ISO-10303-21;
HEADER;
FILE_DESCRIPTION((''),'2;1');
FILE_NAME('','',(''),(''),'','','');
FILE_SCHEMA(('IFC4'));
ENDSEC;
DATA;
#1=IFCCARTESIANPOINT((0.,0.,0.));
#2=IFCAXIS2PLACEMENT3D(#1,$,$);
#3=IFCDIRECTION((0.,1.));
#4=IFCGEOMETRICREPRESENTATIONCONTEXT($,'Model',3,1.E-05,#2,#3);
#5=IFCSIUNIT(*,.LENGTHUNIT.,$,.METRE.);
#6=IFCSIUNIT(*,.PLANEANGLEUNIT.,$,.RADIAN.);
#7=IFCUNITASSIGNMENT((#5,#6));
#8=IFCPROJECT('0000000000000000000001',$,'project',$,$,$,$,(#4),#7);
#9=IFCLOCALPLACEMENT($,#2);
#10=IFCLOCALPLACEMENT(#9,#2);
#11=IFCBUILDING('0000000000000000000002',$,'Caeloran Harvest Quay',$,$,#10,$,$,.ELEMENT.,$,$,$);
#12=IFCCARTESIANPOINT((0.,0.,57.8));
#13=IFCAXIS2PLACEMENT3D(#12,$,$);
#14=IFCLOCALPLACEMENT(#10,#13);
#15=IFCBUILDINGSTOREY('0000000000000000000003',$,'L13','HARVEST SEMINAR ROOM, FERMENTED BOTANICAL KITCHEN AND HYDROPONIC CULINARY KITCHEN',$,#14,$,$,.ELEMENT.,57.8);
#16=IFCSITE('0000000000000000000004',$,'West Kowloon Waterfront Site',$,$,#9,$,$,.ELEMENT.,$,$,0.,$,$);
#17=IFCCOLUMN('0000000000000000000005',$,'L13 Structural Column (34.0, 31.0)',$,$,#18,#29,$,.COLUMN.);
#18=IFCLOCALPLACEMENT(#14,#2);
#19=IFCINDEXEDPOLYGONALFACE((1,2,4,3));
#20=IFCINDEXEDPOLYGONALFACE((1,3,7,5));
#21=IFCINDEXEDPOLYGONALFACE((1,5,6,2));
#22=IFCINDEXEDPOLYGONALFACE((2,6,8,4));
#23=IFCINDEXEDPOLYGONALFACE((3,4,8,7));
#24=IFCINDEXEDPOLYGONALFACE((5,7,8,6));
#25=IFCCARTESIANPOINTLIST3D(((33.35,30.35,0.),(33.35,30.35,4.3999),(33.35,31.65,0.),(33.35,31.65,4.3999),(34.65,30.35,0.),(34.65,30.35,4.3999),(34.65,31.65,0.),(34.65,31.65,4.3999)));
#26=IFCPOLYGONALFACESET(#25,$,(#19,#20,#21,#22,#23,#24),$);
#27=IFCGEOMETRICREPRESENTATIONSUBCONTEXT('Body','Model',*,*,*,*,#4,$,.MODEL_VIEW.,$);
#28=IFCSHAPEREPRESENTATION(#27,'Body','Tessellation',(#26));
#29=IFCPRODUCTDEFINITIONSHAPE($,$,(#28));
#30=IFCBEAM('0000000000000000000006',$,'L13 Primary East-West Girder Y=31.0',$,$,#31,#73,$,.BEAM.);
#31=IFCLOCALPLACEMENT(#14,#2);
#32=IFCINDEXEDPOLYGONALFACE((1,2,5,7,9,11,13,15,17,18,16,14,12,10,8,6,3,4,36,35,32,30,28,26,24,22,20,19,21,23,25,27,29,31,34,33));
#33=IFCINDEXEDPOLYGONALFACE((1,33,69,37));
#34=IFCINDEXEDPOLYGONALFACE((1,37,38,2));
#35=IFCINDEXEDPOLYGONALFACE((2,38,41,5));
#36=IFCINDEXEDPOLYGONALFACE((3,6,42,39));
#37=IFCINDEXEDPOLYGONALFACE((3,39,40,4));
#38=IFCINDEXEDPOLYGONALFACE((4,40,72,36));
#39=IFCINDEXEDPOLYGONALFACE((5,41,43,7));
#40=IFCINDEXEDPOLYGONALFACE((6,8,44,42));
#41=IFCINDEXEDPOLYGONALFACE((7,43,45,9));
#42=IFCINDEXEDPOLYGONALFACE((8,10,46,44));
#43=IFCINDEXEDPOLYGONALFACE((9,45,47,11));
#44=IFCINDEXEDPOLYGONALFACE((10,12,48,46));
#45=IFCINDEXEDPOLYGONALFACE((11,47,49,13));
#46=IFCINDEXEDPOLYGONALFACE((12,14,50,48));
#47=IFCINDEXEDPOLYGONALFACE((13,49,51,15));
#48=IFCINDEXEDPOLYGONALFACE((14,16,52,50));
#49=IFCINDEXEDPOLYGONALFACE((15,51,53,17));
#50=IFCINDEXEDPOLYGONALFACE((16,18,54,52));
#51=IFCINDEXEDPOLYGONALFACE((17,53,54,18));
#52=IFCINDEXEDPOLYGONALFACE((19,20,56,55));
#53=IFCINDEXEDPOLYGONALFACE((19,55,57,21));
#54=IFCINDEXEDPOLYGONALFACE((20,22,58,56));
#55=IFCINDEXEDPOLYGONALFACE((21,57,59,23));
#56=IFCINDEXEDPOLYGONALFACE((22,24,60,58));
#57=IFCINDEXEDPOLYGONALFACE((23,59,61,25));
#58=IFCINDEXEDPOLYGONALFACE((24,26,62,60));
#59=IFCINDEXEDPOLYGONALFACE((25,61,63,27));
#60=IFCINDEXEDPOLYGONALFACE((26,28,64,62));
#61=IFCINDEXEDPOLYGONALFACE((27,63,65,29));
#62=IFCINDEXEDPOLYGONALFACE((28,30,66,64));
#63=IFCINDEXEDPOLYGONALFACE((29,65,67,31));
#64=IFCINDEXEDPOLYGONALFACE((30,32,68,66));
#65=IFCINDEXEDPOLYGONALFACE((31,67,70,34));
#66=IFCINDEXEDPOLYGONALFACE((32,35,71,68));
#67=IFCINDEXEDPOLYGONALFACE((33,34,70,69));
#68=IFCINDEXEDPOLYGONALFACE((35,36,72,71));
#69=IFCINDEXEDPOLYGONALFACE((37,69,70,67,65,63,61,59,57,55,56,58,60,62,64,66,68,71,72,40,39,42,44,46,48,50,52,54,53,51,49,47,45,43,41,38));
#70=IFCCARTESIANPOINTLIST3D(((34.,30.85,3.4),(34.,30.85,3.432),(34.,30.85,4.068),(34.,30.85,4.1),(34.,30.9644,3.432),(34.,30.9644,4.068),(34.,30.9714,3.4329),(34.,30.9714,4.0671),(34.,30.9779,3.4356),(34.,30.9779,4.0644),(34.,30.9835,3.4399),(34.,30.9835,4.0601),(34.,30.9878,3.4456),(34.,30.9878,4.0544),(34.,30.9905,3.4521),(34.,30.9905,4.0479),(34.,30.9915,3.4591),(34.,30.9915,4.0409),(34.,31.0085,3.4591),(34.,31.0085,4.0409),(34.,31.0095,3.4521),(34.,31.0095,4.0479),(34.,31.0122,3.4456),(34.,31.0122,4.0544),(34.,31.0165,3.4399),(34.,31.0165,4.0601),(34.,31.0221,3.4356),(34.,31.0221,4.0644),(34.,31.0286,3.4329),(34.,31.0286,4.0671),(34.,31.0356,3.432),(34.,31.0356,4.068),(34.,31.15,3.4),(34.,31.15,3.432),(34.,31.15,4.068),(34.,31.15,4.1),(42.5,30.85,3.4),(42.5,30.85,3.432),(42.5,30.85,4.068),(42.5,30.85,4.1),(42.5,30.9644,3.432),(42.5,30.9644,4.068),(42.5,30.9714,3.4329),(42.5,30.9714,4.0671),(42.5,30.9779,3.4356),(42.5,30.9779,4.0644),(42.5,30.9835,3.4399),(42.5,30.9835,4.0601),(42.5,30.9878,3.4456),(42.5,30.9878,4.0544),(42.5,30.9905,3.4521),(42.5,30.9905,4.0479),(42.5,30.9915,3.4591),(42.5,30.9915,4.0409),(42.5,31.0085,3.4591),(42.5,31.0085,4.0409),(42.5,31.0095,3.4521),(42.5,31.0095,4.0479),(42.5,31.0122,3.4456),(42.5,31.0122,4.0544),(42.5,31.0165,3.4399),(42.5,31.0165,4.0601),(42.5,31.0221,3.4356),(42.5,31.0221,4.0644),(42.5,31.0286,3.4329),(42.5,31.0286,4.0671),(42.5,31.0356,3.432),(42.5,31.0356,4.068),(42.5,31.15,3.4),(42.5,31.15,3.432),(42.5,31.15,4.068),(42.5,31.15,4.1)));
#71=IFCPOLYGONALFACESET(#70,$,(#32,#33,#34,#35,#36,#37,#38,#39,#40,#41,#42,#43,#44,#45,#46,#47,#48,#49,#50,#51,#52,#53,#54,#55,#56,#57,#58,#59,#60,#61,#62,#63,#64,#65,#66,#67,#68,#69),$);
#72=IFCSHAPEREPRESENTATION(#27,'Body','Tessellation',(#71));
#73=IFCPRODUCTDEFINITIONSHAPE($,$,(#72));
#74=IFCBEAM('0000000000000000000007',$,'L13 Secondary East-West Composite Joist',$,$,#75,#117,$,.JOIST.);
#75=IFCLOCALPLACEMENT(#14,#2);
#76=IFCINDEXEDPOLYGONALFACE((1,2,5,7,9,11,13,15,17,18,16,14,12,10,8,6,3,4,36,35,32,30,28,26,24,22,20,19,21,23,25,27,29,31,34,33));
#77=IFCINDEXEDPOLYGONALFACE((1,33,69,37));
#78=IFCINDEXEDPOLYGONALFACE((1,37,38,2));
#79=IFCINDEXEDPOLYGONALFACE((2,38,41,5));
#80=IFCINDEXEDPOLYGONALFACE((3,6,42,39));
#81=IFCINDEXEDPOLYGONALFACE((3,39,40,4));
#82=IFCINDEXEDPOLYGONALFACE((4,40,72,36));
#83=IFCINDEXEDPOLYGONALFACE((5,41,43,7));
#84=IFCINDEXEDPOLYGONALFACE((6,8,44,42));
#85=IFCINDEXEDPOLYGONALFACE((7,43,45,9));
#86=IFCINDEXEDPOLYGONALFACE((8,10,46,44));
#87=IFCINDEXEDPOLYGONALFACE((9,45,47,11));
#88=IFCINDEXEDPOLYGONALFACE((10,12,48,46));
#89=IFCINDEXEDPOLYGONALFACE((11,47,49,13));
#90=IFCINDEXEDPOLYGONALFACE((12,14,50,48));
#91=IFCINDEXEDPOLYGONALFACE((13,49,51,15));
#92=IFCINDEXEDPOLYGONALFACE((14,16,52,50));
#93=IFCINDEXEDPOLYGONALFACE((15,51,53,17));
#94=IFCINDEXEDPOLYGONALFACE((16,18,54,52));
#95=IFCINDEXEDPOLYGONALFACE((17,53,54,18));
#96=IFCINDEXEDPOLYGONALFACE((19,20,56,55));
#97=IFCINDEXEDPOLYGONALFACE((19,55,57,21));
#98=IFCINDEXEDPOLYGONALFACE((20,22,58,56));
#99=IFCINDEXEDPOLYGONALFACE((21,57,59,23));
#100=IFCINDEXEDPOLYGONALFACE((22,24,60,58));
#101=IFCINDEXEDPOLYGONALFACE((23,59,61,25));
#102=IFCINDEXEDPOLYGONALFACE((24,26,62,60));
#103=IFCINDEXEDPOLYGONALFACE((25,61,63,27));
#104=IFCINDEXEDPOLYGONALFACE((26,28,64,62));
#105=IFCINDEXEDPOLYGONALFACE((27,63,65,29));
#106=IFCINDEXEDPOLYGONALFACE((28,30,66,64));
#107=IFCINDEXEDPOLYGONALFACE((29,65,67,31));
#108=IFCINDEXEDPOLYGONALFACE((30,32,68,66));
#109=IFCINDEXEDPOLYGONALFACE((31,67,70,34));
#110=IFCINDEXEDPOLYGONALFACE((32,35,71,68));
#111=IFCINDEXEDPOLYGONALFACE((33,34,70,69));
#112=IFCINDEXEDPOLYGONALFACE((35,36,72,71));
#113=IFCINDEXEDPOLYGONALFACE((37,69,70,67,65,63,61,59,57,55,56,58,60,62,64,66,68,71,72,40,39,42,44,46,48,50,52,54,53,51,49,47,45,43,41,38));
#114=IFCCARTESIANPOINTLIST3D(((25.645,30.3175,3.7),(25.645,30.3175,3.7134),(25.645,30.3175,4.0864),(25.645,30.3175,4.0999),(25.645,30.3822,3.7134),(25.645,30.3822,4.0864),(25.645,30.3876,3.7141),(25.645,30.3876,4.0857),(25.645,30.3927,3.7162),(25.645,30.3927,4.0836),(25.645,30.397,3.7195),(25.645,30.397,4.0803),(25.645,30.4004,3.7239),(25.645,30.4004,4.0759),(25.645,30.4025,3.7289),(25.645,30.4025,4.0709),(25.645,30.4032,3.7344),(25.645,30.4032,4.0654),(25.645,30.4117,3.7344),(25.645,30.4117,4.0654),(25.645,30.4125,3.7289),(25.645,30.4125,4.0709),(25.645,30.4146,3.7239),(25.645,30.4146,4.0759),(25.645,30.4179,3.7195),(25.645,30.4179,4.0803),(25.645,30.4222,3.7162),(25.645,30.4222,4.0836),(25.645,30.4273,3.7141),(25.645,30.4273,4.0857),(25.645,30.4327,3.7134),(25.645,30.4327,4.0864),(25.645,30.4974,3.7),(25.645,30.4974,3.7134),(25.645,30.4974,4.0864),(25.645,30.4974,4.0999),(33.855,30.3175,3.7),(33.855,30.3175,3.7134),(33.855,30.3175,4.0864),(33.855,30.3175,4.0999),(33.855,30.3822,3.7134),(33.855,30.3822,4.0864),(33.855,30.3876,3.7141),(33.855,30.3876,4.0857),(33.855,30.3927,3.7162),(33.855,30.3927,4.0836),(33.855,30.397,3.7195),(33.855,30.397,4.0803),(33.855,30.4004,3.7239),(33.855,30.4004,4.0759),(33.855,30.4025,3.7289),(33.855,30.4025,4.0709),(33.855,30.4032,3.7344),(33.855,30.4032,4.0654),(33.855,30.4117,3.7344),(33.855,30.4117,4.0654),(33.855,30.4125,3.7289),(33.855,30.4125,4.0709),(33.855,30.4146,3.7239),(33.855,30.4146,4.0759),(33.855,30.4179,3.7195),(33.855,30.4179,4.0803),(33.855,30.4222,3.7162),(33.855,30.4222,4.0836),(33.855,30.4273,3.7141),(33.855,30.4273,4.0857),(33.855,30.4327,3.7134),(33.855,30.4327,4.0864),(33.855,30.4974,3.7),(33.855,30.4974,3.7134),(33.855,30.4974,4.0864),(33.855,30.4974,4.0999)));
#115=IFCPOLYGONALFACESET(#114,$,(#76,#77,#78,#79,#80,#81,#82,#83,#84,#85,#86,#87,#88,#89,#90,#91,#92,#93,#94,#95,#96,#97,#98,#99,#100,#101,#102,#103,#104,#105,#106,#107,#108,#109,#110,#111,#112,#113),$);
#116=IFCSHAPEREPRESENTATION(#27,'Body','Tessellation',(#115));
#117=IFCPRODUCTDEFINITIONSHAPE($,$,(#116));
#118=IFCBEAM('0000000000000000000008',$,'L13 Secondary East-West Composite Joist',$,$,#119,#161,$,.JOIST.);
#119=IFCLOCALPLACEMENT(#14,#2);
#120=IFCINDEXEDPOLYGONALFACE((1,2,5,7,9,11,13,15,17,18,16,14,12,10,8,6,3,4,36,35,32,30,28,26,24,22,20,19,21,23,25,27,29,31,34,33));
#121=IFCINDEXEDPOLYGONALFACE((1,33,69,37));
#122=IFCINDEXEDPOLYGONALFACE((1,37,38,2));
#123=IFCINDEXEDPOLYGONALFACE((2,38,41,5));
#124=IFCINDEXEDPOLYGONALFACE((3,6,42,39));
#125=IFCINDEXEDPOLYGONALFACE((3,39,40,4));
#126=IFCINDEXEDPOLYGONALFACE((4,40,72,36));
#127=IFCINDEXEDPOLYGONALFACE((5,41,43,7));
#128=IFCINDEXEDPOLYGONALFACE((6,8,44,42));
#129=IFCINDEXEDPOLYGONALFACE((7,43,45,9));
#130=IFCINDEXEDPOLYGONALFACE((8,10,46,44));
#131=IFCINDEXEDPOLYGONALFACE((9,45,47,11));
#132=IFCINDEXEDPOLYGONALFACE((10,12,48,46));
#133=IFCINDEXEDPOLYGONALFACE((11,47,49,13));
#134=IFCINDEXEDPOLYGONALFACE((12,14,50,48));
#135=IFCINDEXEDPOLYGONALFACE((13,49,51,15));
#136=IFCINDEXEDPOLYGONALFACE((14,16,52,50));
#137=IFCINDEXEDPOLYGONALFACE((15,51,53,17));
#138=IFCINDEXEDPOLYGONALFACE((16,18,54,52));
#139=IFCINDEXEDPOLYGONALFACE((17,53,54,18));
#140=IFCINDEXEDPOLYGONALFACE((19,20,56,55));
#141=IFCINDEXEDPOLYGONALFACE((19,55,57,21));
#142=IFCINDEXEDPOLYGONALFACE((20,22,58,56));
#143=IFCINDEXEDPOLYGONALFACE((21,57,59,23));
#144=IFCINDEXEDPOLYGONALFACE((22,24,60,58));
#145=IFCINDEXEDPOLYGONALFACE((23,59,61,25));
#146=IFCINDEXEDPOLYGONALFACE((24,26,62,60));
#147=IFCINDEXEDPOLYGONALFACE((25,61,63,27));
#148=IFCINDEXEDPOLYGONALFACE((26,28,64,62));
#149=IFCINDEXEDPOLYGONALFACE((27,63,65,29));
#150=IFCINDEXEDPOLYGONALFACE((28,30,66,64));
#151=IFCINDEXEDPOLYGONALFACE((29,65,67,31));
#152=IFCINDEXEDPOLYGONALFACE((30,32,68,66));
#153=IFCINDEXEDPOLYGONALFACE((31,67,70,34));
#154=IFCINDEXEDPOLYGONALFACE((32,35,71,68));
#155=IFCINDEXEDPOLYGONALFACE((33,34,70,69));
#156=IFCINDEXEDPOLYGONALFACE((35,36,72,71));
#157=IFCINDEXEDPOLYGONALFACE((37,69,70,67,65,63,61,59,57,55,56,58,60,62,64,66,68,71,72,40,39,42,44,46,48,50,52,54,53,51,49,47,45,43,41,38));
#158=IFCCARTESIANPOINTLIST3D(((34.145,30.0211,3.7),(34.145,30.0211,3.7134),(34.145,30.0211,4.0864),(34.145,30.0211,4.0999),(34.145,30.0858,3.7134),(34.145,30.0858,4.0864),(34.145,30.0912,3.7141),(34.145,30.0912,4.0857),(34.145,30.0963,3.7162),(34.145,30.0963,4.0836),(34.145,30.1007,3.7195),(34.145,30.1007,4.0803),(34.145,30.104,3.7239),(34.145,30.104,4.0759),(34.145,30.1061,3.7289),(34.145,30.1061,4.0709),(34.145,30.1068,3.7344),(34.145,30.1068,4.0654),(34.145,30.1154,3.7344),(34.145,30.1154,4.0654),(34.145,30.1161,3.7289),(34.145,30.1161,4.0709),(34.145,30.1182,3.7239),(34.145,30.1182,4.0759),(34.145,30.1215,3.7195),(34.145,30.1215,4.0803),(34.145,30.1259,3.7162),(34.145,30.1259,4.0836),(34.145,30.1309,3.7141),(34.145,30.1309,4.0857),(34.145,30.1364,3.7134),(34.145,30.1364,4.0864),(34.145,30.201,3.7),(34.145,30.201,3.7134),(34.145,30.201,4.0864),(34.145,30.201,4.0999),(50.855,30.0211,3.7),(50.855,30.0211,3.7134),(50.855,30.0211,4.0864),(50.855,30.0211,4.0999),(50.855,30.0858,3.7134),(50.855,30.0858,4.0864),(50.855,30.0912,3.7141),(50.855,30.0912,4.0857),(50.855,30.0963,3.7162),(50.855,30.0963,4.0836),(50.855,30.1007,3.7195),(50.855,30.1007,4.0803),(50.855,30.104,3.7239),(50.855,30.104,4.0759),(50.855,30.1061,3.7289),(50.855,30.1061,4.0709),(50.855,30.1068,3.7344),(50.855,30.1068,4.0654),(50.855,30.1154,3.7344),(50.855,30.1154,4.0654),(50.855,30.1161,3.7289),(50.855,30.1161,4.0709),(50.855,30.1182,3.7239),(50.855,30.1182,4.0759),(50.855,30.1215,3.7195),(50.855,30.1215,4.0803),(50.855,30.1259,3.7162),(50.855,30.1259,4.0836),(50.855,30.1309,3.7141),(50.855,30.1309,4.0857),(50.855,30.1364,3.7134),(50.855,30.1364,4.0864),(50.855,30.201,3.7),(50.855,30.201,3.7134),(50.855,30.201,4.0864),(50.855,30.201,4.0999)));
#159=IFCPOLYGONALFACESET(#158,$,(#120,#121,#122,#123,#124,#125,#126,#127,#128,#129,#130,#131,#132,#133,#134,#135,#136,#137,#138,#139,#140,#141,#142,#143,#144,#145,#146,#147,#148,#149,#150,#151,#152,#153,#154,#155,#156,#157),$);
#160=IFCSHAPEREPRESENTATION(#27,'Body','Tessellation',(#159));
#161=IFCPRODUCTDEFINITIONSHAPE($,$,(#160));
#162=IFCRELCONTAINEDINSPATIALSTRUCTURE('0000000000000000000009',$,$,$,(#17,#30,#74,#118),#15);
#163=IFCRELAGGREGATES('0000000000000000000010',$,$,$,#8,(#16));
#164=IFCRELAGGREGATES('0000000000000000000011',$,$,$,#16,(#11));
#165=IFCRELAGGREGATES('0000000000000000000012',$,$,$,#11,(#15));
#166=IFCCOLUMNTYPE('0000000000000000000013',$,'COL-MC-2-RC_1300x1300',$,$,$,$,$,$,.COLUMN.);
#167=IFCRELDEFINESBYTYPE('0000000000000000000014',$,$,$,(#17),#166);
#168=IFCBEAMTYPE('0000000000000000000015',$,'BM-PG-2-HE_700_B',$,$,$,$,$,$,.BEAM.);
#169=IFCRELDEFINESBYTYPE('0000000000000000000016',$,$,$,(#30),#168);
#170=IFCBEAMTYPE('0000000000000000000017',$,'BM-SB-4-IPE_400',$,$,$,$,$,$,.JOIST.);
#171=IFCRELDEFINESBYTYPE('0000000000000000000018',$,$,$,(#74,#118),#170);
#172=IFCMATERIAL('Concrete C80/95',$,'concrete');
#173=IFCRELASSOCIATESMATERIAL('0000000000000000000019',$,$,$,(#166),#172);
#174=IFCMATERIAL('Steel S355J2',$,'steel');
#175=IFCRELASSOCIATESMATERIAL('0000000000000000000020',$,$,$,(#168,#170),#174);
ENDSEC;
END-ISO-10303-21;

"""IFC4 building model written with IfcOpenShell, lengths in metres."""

from ifc_helpers import new_model, si_unit, direction, frame, origin, origin_2d, place, context, subcontext, project, spatial, rectangle, i_section, extrude, material, material_profile, profile_set, type_object, element, save


model = new_model("IFC4")

# Units and contexts
model_context = context("Model", 3, precision=1e-05, world=origin(), true_north=direction((0.0, 1.0)))
body_context = subcontext(model_context, "Body", "Model", "MODEL_VIEW")
ifc_project = project(units=[si_unit("LENGTHUNIT", "METRE"), si_unit("PLANEANGLEUNIT", "RADIAN")], contexts=[model_context])

# Site, building, storey
site_placement = place(None, origin())
site = spatial("IfcSite", under=ifc_project, at=site_placement, Name="West Kowloon Waterfront Site", CompositionType="ELEMENT", RefElevation=0.0)
building_placement = place(site_placement, origin())
building = spatial("IfcBuilding", under=site, at=building_placement, Name="Caeloran Harvest Quay", CompositionType="ELEMENT")
storey_placement = place(building_placement, frame((0.0, 0.0, 57.8)))
storey = spatial("IfcBuildingStorey", under=building, at=storey_placement, Name="L13", Description="HARVEST SEMINAR ROOM, FERMENTED BOTANICAL KITCHEN AND HYDROPONIC CULINARY KITCHEN", CompositionType="ELEMENT", Elevation=57.8)

# Column
ifc_material_1 = material(Name="Concrete C80/95", Category="concrete")
ifc_material_profile_1 = material_profile(ifc_material_1, rectangle(XDim=1.3, YDim=1.3, at=origin_2d()), Name="RC 1300x1300")
ifc_profile_set_1 = profile_set([ifc_material_profile_1], Name="Concrete C80/95")
column_type = type_object("IfcColumnType", Name="COL-MC-2-RC_1300x1300", PredefinedType="COLUMN", material=ifc_profile_set_1)
column_placement = place(storey_placement, frame((34.0, 31.0, 0.0), z_axis=(0.0, 0.0, 1.0), x_axis=(1.0, 0.0, 0.0)))
element("IfcColumn", 1, at=column_placement, inside=storey, type_object=column_type, Name="L13 Structural Column (34.0, 31.0)", PredefinedType="COLUMN", context=body_context, shape_type="SweptSolid", body=[
    extrude(rectangle(XDim=1.3, YDim=1.3, at=origin_2d()), origin(), (0.0, 0.0, 1.0), 4.3999),
])

# Beams
ifc_material_2 = material(Name="Steel S355J2", Category="steel")
ifc_material_profile_2 = material_profile(ifc_material_2, i_section(OverallWidth=0.3, OverallDepth=0.7, WebThickness=0.0171, FlangeThickness=0.032, FilletRadius=0.0271, at=origin_2d()), Name="HE 700 B")
ifc_profile_set_2 = profile_set([ifc_material_profile_2], Name="Steel S355J2")
beam_type_1 = type_object("IfcBeamType", Name="BM-PG-2-HE_700_B", PredefinedType="BEAM", material=ifc_profile_set_2)
beam_1_placement = place(storey_placement, frame((34.0, 31.0, 3.75), z_axis=(1.0, 0.0, 0.0), x_axis=(0.0, 1.0, 0.0)))
element("IfcBeam", 2, at=beam_1_placement, inside=storey, type_object=beam_type_1, Name="L13 Primary East-West Girder Y=31.0", PredefinedType="BEAM", context=body_context, shape_type="SweptSolid", body=[
    extrude(i_section(OverallWidth=0.3, OverallDepth=0.7, WebThickness=0.0171, FlangeThickness=0.032, FilletRadius=0.0271, at=origin_2d()), origin(), (0.0, 0.0, 1.0), 8.5),
])
ifc_material_profile_3 = material_profile(ifc_material_2, i_section(OverallWidth=0.1799, OverallDepth=0.3999, WebThickness=0.0085, FlangeThickness=0.0134, FilletRadius=0.021, at=origin_2d()), Name="IPE 400")
ifc_profile_set_3 = profile_set([ifc_material_profile_3], Name="Steel S355J2")
beam_type_2 = type_object("IfcBeamType", Name="BM-SB-4-IPE_400", PredefinedType="JOIST", material=ifc_profile_set_3)
beam_2_placement = place(storey_placement, frame((25.645, 30.4075, 3.8999), z_axis=(1.0, 0.0, 0.0), x_axis=(0.0, 1.0, 0.0)))
element("IfcBeam", 3, at=beam_2_placement, inside=storey, type_object=beam_type_2, Name="L13 Secondary East-West Composite Joist", PredefinedType="JOIST", context=body_context, shape_type="SweptSolid", body=[
    extrude(i_section(OverallWidth=0.1799, OverallDepth=0.3999, WebThickness=0.0085, FlangeThickness=0.0134, FilletRadius=0.021, at=origin_2d()), origin(), (0.0, 0.0, 1.0), 8.21),
])
for number, where, z_axis, x_axis, name in (
    (4, (34.145, 30.1111, 3.8999), (1.0, 0.0, 0.0), (0.0, 1.0, 0.0), "L13 Secondary East-West Composite Joist"),
):
    element("IfcBeam", number, at=place(storey_placement, frame(where, z_axis=z_axis, x_axis=x_axis)), inside=storey, type_object=beam_type_2, Name=name, PredefinedType="JOIST", context=body_context, shape_type="SweptSolid", body=[
        extrude(i_section(OverallWidth=0.1799, OverallDepth=0.3999, WebThickness=0.0085, FlangeThickness=0.0134, FilletRadius=0.021, at=origin_2d()), origin(), (0.0, 0.0, 1.0), 16.71),
    ])

save(model, "model.ifc")
